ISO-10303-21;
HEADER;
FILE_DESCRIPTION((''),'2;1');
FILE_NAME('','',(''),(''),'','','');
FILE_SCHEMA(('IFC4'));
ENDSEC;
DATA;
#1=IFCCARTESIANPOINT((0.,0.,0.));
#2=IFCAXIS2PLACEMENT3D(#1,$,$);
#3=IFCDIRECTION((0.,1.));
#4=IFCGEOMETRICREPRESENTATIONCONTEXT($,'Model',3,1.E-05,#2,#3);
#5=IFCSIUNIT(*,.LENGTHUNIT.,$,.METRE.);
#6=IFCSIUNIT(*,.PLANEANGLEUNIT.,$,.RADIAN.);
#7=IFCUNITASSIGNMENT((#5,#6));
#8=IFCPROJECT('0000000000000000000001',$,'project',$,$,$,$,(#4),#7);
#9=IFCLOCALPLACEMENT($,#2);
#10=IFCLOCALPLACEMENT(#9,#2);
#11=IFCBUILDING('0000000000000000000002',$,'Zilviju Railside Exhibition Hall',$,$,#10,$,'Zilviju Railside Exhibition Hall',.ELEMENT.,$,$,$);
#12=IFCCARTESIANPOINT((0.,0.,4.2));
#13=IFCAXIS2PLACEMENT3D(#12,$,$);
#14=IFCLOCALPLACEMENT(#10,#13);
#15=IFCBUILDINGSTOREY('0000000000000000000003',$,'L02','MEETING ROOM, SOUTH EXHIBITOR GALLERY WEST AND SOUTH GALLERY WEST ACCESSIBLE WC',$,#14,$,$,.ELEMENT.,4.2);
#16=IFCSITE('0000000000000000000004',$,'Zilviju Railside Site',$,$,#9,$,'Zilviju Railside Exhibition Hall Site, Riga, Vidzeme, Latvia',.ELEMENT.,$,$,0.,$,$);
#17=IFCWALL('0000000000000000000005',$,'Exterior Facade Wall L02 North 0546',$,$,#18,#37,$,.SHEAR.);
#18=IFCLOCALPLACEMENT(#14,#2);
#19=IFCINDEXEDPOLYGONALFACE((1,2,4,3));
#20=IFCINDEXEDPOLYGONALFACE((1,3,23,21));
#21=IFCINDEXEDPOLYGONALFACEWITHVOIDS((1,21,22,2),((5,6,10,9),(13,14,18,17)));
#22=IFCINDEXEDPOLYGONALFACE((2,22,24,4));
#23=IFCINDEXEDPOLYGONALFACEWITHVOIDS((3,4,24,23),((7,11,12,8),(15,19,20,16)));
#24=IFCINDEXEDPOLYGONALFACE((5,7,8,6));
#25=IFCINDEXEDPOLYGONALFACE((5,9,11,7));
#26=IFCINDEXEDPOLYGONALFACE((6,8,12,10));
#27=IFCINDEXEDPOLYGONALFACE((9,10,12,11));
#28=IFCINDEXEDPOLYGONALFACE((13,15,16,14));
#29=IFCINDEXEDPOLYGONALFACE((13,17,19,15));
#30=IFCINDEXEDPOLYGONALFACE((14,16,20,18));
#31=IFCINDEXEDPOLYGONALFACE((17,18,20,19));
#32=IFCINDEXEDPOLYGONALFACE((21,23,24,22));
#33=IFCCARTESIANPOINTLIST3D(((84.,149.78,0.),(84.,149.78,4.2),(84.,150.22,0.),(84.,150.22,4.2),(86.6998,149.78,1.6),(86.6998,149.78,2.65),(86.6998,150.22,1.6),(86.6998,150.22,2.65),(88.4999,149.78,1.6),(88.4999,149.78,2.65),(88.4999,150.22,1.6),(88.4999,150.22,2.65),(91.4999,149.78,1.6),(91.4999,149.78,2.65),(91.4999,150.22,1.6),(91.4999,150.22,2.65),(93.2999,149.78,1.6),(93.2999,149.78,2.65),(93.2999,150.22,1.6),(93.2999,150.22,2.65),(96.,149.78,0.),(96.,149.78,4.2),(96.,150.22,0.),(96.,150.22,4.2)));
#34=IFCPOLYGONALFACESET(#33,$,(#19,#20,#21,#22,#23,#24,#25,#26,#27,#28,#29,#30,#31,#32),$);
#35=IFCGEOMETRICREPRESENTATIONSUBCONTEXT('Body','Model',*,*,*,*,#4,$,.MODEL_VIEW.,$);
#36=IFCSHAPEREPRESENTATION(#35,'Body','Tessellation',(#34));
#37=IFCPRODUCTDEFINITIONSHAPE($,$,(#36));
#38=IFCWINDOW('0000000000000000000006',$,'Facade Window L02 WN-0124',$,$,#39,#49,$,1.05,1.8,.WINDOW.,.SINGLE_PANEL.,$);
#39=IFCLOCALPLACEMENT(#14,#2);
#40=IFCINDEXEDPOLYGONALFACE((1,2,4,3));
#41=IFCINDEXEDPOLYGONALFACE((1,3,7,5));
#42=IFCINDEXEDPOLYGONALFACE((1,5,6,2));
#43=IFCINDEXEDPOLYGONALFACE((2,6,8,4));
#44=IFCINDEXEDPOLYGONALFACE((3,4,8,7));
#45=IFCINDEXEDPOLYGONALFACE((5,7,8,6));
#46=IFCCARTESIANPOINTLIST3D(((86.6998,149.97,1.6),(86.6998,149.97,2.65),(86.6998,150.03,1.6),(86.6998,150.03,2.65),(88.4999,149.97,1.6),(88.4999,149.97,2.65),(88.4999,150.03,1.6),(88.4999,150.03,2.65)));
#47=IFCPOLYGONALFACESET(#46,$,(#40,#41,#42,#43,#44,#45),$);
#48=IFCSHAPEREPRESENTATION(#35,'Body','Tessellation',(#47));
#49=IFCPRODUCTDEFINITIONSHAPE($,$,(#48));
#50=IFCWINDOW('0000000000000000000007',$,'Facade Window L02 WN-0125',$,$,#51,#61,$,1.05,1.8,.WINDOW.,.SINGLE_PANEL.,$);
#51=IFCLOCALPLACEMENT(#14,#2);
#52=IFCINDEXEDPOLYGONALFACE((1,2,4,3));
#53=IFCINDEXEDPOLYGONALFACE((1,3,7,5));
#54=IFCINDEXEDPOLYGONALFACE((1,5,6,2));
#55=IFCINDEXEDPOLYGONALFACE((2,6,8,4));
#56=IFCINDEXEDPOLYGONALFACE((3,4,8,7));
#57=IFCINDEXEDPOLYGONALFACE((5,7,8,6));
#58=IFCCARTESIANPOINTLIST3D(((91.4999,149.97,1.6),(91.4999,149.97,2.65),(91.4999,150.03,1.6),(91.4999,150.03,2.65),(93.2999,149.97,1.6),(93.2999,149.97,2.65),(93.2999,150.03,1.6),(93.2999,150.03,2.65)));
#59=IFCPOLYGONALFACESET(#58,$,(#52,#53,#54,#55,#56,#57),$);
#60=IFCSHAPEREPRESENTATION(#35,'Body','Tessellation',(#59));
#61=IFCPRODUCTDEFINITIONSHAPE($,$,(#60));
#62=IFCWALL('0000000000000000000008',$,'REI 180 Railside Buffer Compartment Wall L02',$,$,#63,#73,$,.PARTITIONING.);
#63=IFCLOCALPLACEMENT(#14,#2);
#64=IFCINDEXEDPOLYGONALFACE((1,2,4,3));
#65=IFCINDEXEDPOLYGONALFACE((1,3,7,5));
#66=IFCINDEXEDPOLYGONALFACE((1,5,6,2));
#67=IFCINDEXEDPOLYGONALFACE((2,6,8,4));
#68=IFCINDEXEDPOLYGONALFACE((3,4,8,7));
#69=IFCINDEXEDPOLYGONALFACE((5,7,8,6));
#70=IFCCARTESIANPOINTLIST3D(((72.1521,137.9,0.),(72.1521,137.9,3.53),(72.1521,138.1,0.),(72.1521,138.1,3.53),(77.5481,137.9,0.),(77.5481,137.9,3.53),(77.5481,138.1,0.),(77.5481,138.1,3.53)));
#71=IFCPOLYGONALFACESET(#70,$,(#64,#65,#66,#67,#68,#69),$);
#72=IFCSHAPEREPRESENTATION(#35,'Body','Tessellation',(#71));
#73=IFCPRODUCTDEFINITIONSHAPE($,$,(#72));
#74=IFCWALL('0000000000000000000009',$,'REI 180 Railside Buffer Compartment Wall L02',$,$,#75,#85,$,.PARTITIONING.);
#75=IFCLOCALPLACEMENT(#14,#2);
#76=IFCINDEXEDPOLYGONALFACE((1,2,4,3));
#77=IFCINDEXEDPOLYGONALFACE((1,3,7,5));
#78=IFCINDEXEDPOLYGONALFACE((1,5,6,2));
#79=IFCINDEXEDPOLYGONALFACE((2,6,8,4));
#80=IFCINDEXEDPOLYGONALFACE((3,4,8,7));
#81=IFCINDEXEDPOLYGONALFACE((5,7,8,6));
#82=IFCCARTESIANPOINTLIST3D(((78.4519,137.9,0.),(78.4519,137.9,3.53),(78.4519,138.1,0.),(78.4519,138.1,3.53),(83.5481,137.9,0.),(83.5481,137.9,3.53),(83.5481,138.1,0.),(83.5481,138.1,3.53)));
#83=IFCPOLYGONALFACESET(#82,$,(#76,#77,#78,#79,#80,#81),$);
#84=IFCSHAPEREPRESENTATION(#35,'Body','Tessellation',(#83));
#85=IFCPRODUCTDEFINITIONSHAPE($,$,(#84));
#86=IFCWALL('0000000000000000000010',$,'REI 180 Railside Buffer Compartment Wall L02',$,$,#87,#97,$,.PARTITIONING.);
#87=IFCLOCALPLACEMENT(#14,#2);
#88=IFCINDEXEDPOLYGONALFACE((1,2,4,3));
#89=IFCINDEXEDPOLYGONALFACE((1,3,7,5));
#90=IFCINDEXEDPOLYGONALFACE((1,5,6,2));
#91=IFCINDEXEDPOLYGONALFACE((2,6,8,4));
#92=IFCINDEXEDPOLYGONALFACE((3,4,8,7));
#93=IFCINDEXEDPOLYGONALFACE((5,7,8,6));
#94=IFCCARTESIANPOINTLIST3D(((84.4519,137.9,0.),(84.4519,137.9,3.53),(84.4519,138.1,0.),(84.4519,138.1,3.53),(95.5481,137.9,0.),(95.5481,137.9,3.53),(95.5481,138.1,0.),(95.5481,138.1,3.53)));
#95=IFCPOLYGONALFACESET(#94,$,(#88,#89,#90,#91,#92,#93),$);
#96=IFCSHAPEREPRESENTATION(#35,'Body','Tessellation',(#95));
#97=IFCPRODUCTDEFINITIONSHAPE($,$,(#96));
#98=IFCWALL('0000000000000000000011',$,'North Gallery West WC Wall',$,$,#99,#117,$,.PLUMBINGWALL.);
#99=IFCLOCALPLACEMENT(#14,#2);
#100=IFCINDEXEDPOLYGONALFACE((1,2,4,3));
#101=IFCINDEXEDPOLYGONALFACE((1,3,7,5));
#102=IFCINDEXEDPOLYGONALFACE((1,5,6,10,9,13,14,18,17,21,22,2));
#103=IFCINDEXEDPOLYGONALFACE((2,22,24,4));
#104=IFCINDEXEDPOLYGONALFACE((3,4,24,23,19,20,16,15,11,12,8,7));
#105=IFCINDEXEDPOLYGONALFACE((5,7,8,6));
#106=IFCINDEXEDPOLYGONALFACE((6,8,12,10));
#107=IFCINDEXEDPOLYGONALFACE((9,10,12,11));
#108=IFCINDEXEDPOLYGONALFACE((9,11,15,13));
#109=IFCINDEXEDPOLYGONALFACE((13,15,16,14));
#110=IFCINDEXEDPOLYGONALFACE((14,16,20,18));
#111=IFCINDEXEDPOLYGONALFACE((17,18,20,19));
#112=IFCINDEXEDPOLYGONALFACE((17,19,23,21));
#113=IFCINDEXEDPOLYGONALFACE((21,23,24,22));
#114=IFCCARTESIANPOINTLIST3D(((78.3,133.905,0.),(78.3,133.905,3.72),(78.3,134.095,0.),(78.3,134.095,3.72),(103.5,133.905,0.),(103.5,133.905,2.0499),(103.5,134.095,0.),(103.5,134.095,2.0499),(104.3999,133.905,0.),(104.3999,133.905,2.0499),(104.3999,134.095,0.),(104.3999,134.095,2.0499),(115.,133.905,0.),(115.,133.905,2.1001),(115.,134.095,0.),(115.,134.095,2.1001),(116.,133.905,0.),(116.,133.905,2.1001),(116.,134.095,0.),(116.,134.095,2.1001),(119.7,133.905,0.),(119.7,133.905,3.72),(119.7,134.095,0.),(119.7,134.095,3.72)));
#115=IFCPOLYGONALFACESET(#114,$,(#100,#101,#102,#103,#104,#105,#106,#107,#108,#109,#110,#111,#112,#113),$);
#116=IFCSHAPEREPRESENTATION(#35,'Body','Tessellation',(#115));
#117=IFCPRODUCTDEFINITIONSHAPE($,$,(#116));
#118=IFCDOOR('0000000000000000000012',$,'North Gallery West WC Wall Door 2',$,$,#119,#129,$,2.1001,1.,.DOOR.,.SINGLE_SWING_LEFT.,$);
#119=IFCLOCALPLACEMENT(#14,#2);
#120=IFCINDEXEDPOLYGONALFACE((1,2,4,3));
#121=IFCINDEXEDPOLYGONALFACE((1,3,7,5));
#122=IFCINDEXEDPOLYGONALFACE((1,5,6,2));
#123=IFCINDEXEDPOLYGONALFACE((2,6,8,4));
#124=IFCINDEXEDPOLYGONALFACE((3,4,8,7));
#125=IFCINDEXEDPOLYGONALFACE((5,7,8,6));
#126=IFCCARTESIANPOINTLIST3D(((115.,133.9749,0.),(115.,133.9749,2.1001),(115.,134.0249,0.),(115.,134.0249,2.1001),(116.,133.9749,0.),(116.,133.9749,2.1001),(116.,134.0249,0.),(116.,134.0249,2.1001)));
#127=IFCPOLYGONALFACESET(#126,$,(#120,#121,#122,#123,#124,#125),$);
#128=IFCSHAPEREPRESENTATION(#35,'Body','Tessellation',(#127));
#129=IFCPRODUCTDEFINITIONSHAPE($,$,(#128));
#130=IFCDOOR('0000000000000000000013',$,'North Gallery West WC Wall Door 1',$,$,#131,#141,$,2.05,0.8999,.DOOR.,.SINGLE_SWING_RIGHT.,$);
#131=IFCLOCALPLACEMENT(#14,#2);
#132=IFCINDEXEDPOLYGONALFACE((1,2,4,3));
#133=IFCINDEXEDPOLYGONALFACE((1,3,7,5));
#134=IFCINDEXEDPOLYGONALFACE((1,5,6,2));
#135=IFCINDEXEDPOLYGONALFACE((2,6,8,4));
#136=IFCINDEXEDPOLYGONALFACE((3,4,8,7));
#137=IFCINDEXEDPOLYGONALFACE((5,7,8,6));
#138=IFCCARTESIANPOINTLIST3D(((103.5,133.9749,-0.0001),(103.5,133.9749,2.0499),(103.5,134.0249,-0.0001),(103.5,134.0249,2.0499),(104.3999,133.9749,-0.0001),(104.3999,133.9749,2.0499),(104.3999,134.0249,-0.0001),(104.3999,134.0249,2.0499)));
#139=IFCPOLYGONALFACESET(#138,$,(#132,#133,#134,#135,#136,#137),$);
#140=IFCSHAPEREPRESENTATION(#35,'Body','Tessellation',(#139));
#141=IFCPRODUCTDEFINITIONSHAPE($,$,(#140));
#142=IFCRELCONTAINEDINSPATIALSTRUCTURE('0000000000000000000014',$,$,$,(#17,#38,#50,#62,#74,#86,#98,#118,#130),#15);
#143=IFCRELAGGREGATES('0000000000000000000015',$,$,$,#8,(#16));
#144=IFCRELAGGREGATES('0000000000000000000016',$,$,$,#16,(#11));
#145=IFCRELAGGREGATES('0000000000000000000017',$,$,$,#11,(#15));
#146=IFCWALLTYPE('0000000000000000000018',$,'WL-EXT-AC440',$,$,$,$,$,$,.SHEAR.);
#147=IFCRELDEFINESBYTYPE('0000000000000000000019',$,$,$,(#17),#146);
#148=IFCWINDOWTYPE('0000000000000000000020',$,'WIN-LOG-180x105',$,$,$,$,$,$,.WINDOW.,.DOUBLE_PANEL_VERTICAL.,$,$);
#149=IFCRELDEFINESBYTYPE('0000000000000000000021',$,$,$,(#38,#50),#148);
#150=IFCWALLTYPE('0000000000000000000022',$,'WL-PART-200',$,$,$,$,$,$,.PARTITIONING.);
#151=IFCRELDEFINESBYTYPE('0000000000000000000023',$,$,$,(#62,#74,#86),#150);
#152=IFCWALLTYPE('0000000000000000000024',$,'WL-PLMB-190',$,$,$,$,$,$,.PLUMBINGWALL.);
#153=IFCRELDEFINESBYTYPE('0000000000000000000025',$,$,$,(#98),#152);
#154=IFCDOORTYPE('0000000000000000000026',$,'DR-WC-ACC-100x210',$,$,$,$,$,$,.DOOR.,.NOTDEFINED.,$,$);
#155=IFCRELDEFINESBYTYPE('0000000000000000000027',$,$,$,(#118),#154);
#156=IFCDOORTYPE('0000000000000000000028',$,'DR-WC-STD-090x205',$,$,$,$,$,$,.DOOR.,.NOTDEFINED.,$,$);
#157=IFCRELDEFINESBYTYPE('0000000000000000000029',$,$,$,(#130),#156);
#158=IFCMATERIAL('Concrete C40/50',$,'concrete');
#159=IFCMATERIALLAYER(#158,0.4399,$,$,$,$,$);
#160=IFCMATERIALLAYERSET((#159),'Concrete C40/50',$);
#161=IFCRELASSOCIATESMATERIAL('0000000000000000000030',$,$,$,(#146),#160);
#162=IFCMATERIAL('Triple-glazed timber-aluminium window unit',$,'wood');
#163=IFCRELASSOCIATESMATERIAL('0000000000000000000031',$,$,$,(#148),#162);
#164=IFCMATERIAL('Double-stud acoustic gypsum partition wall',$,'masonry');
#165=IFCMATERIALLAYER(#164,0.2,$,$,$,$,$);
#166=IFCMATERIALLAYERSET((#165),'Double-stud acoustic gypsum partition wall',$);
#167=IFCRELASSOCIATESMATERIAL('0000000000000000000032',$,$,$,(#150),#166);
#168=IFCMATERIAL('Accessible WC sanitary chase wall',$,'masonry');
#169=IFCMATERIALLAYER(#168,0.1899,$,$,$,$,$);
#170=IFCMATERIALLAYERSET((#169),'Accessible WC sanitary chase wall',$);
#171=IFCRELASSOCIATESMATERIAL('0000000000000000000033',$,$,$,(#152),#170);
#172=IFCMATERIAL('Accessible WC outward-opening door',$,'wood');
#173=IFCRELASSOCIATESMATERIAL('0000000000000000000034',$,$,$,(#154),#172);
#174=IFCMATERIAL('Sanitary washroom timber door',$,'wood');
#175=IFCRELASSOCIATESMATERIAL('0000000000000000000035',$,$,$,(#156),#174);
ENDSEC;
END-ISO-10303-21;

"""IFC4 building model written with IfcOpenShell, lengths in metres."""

from ifc_helpers import new_model, si_unit, direction, frame, frame_2d, origin, place, context, subcontext, project, spatial, rectangle, extrude, material, layer, layer_set, type_object, element, fill, save


model = new_model("IFC4")

# Units and contexts
model_context = context("Model", 3, precision=1e-05, world=origin(), true_north=direction((0.0, 1.0)))
body_context = subcontext(model_context, "Body", "Model", "MODEL_VIEW")
ifc_project = project(units=[si_unit("LENGTHUNIT", "METRE"), si_unit("PLANEANGLEUNIT", "RADIAN")], contexts=[model_context])

# Site, building, storey
site_placement = place(None, origin())
site = spatial("IfcSite", under=ifc_project, at=site_placement, Name="Zilviju Railside Site", LongName="Zilviju Railside Exhibition Hall Site, Riga, Vidzeme, Latvia", CompositionType="ELEMENT", RefElevation=0.0)
building_placement = place(site_placement, origin())
building = spatial("IfcBuilding", under=site, at=building_placement, Name="Zilviju Railside Exhibition Hall", LongName="Zilviju Railside Exhibition Hall", CompositionType="ELEMENT")
storey_placement = place(building_placement, frame((0.0, 0.0, 4.2)))
storey = spatial("IfcBuildingStorey", under=building, at=storey_placement, Name="L02", Description="MEETING ROOM, SOUTH EXHIBITOR GALLERY WEST AND SOUTH GALLERY WEST ACCESSIBLE WC", CompositionType="ELEMENT", Elevation=4.2)

# Shared definitions
ifc_material_1 = material(Name="Concrete C40/50", Category="concrete")

# Wall, openings, windows
ifc_layer_1 = layer(ifc_material_1, 0.4399)
ifc_layer_set_1 = layer_set([ifc_layer_1], Name="Concrete C40/50")
wall_type_1 = type_object("IfcWallType", Name="WL-EXT-AC440", PredefinedType="SHEAR", material=ifc_layer_set_1)
ifc_material_2 = material(Name="Triple-glazed timber-aluminium window unit", Category="wood")
window_type = type_object("IfcWindowType", Name="WIN-LOG-180x105", PartitioningType="DOUBLE_PANEL_VERTICAL", PredefinedType="WINDOW", material=ifc_material_2)
wall_1_placement = place(storey_placement, frame((84.0, 150.0, 0.0), z_axis=(0.0, 0.0, 1.0), x_axis=(1.0, 0.0, 0.0)))
wall_1 = element("IfcWall", 1, at=wall_1_placement, inside=storey, type_object=wall_type_1, Name="Exterior Facade Wall L02 North 0546", PredefinedType="SHEAR", context=body_context, shape_type="SweptSolid", body=[
    extrude(rectangle(XDim=12.0, YDim=0.4399, at=frame_2d((6.0, 0.0))), origin(), (0.0, 0.0, 1.0), 4.2),
])
opening_1_placement = place(wall_1_placement, frame((2.7, 0.0, 1.6001)))
opening_1 = element("IfcOpeningElement", 2, at=opening_1_placement, cuts=wall_1, PredefinedType="OPENING", context=body_context, shape_type="SweptSolid", body=[
    extrude(rectangle(XDim=1.8, YDim=1.05, at=frame_2d((0.8999, 0.5249))), frame((0.0, 0.23, 0.0), z_axis=(0.0, -1.0, 0.0), x_axis=(1.0, 0.0, 0.0)), (0.0, 0.0, 1.0), 0.46),
])
opening_2_placement = place(wall_1_placement, frame((7.5, 0.0, 1.6001)))
opening_2 = element("IfcOpeningElement", 3, at=opening_2_placement, cuts=wall_1, PredefinedType="OPENING", context=body_context, shape_type="SweptSolid", body=[
    extrude(rectangle(XDim=1.8, YDim=1.05, at=frame_2d((0.8999, 0.5249))), frame((0.0, 0.23, 0.0), z_axis=(0.0, -1.0, 0.0), x_axis=(1.0, 0.0, 0.0)), (0.0, 0.0, 1.0), 0.46),
])
window_1_placement = place(opening_1_placement, origin())
window_1 = element("IfcWindow", 4, at=window_1_placement, inside=storey, type_object=window_type, Name="Facade Window L02 WN-0124", OverallHeight=1.05, OverallWidth=1.8, PartitioningType="SINGLE_PANEL", PredefinedType="WINDOW", context=body_context, shape_type="SweptSolid", body=[
    extrude(rectangle(XDim=1.8, YDim=1.05, at=frame_2d((0.8999, 0.5249))), frame((0.0, 0.03, 0.0), z_axis=(0.0, -1.0, 0.0), x_axis=(1.0, 0.0, 0.0)), (0.0, 0.0, 1.0), 0.0601),
])
fill(opening_1, window_1)
window_2_placement = place(opening_2_placement, origin())
window_2 = element("IfcWindow", 5, at=window_2_placement, inside=storey, type_object=window_type, Name="Facade Window L02 WN-0125", OverallHeight=1.05, OverallWidth=1.8, PartitioningType="SINGLE_PANEL", PredefinedType="WINDOW", context=body_context, shape_type="SweptSolid", body=[
    extrude(rectangle(XDim=1.8, YDim=1.05, at=frame_2d((0.8999, 0.5249))), frame((0.0, 0.03, 0.0), z_axis=(0.0, -1.0, 0.0), x_axis=(1.0, 0.0, 0.0)), (0.0, 0.0, 1.0), 0.0601),
])
fill(opening_2, window_2)

# Walls
ifc_material_3 = material(Name="Double-stud acoustic gypsum partition wall", Category="masonry")
ifc_layer_2 = layer(ifc_material_3, 0.2)
ifc_layer_set_2 = layer_set([ifc_layer_2], Name="Double-stud acoustic gypsum partition wall")
wall_type_2 = type_object("IfcWallType", Name="WL-PART-200", PredefinedType="PARTITIONING", material=ifc_layer_set_2)
wall_2_placement = place(storey_placement, frame((72.1521, 138.0, 0.0), z_axis=(0.0, 0.0, 1.0), x_axis=(1.0, 0.0, 0.0)))
element("IfcWall", 6, at=wall_2_placement, inside=storey, type_object=wall_type_2, Name="REI 180 Railside Buffer Compartment Wall L02", PredefinedType="PARTITIONING", context=body_context, shape_type="SweptSolid", body=[
    extrude(rectangle(XDim=5.396, YDim=0.2, at=frame_2d((2.698, 0.0))), origin(), (0.0, 0.0, 1.0), 3.53),
])
wall_3_placement = place(storey_placement, frame((78.4519, 138.0, 0.0), z_axis=(0.0, 0.0, 1.0), x_axis=(1.0, 0.0, 0.0)))
element("IfcWall", 7, at=wall_3_placement, inside=storey, type_object=wall_type_2, Name="REI 180 Railside Buffer Compartment Wall L02", PredefinedType="PARTITIONING", context=body_context, shape_type="SweptSolid", body=[
    extrude(rectangle(XDim=5.0962, YDim=0.2, at=frame_2d((2.5481, 0.0))), origin(), (0.0, 0.0, 1.0), 3.53),
])
wall_4_placement = place(storey_placement, frame((84.4519, 138.0, 0.0), z_axis=(0.0, 0.0, 1.0), x_axis=(1.0, 0.0, 0.0)))
element("IfcWall", 8, at=wall_4_placement, inside=storey, type_object=wall_type_2, Name="REI 180 Railside Buffer Compartment Wall L02", PredefinedType="PARTITIONING", context=body_context, shape_type="SweptSolid", body=[
    extrude(rectangle(XDim=11.0962, YDim=0.2, at=frame_2d((5.5481, 0.0))), origin(), (0.0, 0.0, 1.0), 3.53),
])

# Wall, openings, doors
ifc_material_4 = material(Name="Accessible WC sanitary chase wall", Category="masonry")
ifc_layer_3 = layer(ifc_material_4, 0.1899)
ifc_layer_set_3 = layer_set([ifc_layer_3], Name="Accessible WC sanitary chase wall")
wall_type_3 = type_object("IfcWallType", Name="WL-PLMB-190", PredefinedType="PLUMBINGWALL", material=ifc_layer_set_3)
wall_5_placement = place(storey_placement, frame((78.3, 134.0, 0.0), z_axis=(0.0, 0.0, 1.0), x_axis=(1.0, 0.0, 0.0)))
wall_5 = element("IfcWall", 9, at=wall_5_placement, inside=storey, type_object=wall_type_3, Name="North Gallery West WC Wall", PredefinedType="PLUMBINGWALL", context=body_context, shape_type="SweptSolid", body=[
    extrude(rectangle(XDim=41.3999, YDim=0.1899, at=frame_2d((20.7, 0.0))), origin(), (0.0, 0.0, 1.0), 3.72),
])
opening_3_placement = place(wall_5_placement, frame((25.2, 0.0, 0.0)))
opening_3 = element("IfcOpeningElement", 10, at=opening_3_placement, cuts=wall_5, PredefinedType="OPENING", context=body_context, shape_type="SweptSolid", body=[
    extrude(rectangle(XDim=0.8999, YDim=2.05, at=frame_2d((0.45, 1.0249))), frame((0.0, 0.105, 0.0), z_axis=(0.0, -1.0, 0.0), x_axis=(1.0, 0.0, 0.0)), (0.0, 0.0, 1.0), 0.21),
])
opening_4_placement = place(wall_5_placement, frame((36.7, 0.0, 0.0)))
opening_4 = element("IfcOpeningElement", 11, at=opening_4_placement, cuts=wall_5, PredefinedType="OPENING", context=body_context, shape_type="SweptSolid", body=[
    extrude(rectangle(XDim=1.0, YDim=2.1001, at=frame_2d((0.5, 1.05))), frame((0.0, 0.105, 0.0), z_axis=(0.0, -1.0, 0.0), x_axis=(1.0, 0.0, 0.0)), (0.0, 0.0, 1.0), 0.21),
])
ifc_material_5 = material(Name="Accessible WC outward-opening door", Category="wood")
door_type_1 = type_object("IfcDoorType", Name="DR-WC-ACC-100x210", OperationType="NOTDEFINED", PredefinedType="DOOR", material=ifc_material_5)
door_1_placement = place(opening_4_placement, origin())
door_1 = element("IfcDoor", 12, at=door_1_placement, inside=storey, type_object=door_type_1, Name="North Gallery West WC Wall Door 2", OperationType="SINGLE_SWING_LEFT", OverallHeight=2.1001, OverallWidth=1.0, PredefinedType="DOOR", context=body_context, shape_type="SweptSolid", body=[
    extrude(rectangle(XDim=1.0, YDim=2.1001, at=frame_2d((0.5, 1.05))), frame((0.0, 0.0249, 0.0), z_axis=(0.0, -1.0, 0.0), x_axis=(1.0, 0.0, 0.0)), (0.0, 0.0, 1.0), 0.05),
])
fill(opening_4, door_1)
ifc_material_6 = material(Name="Sanitary washroom timber door", Category="wood")
door_type_2 = type_object("IfcDoorType", Name="DR-WC-STD-090x205", OperationType="NOTDEFINED", PredefinedType="DOOR", material=ifc_material_6)
door_2_placement = place(opening_3_placement, origin())
door_2 = element("IfcDoor", 13, at=door_2_placement, inside=storey, type_object=door_type_2, Name="North Gallery West WC Wall Door 1", OperationType="SINGLE_SWING_RIGHT", OverallHeight=2.05, OverallWidth=0.8999, PredefinedType="DOOR", context=body_context, shape_type="SweptSolid", body=[
    extrude(rectangle(XDim=0.8999, YDim=2.05, at=frame_2d((0.45, 1.0249))), frame((0.0, 0.0249, 0.0), z_axis=(0.0, -1.0, 0.0), x_axis=(1.0, 0.0, 0.0)), (0.0, 0.0, 1.0), 0.05),
])
fill(opening_3, door_2)

save(model, "model.ifc")
